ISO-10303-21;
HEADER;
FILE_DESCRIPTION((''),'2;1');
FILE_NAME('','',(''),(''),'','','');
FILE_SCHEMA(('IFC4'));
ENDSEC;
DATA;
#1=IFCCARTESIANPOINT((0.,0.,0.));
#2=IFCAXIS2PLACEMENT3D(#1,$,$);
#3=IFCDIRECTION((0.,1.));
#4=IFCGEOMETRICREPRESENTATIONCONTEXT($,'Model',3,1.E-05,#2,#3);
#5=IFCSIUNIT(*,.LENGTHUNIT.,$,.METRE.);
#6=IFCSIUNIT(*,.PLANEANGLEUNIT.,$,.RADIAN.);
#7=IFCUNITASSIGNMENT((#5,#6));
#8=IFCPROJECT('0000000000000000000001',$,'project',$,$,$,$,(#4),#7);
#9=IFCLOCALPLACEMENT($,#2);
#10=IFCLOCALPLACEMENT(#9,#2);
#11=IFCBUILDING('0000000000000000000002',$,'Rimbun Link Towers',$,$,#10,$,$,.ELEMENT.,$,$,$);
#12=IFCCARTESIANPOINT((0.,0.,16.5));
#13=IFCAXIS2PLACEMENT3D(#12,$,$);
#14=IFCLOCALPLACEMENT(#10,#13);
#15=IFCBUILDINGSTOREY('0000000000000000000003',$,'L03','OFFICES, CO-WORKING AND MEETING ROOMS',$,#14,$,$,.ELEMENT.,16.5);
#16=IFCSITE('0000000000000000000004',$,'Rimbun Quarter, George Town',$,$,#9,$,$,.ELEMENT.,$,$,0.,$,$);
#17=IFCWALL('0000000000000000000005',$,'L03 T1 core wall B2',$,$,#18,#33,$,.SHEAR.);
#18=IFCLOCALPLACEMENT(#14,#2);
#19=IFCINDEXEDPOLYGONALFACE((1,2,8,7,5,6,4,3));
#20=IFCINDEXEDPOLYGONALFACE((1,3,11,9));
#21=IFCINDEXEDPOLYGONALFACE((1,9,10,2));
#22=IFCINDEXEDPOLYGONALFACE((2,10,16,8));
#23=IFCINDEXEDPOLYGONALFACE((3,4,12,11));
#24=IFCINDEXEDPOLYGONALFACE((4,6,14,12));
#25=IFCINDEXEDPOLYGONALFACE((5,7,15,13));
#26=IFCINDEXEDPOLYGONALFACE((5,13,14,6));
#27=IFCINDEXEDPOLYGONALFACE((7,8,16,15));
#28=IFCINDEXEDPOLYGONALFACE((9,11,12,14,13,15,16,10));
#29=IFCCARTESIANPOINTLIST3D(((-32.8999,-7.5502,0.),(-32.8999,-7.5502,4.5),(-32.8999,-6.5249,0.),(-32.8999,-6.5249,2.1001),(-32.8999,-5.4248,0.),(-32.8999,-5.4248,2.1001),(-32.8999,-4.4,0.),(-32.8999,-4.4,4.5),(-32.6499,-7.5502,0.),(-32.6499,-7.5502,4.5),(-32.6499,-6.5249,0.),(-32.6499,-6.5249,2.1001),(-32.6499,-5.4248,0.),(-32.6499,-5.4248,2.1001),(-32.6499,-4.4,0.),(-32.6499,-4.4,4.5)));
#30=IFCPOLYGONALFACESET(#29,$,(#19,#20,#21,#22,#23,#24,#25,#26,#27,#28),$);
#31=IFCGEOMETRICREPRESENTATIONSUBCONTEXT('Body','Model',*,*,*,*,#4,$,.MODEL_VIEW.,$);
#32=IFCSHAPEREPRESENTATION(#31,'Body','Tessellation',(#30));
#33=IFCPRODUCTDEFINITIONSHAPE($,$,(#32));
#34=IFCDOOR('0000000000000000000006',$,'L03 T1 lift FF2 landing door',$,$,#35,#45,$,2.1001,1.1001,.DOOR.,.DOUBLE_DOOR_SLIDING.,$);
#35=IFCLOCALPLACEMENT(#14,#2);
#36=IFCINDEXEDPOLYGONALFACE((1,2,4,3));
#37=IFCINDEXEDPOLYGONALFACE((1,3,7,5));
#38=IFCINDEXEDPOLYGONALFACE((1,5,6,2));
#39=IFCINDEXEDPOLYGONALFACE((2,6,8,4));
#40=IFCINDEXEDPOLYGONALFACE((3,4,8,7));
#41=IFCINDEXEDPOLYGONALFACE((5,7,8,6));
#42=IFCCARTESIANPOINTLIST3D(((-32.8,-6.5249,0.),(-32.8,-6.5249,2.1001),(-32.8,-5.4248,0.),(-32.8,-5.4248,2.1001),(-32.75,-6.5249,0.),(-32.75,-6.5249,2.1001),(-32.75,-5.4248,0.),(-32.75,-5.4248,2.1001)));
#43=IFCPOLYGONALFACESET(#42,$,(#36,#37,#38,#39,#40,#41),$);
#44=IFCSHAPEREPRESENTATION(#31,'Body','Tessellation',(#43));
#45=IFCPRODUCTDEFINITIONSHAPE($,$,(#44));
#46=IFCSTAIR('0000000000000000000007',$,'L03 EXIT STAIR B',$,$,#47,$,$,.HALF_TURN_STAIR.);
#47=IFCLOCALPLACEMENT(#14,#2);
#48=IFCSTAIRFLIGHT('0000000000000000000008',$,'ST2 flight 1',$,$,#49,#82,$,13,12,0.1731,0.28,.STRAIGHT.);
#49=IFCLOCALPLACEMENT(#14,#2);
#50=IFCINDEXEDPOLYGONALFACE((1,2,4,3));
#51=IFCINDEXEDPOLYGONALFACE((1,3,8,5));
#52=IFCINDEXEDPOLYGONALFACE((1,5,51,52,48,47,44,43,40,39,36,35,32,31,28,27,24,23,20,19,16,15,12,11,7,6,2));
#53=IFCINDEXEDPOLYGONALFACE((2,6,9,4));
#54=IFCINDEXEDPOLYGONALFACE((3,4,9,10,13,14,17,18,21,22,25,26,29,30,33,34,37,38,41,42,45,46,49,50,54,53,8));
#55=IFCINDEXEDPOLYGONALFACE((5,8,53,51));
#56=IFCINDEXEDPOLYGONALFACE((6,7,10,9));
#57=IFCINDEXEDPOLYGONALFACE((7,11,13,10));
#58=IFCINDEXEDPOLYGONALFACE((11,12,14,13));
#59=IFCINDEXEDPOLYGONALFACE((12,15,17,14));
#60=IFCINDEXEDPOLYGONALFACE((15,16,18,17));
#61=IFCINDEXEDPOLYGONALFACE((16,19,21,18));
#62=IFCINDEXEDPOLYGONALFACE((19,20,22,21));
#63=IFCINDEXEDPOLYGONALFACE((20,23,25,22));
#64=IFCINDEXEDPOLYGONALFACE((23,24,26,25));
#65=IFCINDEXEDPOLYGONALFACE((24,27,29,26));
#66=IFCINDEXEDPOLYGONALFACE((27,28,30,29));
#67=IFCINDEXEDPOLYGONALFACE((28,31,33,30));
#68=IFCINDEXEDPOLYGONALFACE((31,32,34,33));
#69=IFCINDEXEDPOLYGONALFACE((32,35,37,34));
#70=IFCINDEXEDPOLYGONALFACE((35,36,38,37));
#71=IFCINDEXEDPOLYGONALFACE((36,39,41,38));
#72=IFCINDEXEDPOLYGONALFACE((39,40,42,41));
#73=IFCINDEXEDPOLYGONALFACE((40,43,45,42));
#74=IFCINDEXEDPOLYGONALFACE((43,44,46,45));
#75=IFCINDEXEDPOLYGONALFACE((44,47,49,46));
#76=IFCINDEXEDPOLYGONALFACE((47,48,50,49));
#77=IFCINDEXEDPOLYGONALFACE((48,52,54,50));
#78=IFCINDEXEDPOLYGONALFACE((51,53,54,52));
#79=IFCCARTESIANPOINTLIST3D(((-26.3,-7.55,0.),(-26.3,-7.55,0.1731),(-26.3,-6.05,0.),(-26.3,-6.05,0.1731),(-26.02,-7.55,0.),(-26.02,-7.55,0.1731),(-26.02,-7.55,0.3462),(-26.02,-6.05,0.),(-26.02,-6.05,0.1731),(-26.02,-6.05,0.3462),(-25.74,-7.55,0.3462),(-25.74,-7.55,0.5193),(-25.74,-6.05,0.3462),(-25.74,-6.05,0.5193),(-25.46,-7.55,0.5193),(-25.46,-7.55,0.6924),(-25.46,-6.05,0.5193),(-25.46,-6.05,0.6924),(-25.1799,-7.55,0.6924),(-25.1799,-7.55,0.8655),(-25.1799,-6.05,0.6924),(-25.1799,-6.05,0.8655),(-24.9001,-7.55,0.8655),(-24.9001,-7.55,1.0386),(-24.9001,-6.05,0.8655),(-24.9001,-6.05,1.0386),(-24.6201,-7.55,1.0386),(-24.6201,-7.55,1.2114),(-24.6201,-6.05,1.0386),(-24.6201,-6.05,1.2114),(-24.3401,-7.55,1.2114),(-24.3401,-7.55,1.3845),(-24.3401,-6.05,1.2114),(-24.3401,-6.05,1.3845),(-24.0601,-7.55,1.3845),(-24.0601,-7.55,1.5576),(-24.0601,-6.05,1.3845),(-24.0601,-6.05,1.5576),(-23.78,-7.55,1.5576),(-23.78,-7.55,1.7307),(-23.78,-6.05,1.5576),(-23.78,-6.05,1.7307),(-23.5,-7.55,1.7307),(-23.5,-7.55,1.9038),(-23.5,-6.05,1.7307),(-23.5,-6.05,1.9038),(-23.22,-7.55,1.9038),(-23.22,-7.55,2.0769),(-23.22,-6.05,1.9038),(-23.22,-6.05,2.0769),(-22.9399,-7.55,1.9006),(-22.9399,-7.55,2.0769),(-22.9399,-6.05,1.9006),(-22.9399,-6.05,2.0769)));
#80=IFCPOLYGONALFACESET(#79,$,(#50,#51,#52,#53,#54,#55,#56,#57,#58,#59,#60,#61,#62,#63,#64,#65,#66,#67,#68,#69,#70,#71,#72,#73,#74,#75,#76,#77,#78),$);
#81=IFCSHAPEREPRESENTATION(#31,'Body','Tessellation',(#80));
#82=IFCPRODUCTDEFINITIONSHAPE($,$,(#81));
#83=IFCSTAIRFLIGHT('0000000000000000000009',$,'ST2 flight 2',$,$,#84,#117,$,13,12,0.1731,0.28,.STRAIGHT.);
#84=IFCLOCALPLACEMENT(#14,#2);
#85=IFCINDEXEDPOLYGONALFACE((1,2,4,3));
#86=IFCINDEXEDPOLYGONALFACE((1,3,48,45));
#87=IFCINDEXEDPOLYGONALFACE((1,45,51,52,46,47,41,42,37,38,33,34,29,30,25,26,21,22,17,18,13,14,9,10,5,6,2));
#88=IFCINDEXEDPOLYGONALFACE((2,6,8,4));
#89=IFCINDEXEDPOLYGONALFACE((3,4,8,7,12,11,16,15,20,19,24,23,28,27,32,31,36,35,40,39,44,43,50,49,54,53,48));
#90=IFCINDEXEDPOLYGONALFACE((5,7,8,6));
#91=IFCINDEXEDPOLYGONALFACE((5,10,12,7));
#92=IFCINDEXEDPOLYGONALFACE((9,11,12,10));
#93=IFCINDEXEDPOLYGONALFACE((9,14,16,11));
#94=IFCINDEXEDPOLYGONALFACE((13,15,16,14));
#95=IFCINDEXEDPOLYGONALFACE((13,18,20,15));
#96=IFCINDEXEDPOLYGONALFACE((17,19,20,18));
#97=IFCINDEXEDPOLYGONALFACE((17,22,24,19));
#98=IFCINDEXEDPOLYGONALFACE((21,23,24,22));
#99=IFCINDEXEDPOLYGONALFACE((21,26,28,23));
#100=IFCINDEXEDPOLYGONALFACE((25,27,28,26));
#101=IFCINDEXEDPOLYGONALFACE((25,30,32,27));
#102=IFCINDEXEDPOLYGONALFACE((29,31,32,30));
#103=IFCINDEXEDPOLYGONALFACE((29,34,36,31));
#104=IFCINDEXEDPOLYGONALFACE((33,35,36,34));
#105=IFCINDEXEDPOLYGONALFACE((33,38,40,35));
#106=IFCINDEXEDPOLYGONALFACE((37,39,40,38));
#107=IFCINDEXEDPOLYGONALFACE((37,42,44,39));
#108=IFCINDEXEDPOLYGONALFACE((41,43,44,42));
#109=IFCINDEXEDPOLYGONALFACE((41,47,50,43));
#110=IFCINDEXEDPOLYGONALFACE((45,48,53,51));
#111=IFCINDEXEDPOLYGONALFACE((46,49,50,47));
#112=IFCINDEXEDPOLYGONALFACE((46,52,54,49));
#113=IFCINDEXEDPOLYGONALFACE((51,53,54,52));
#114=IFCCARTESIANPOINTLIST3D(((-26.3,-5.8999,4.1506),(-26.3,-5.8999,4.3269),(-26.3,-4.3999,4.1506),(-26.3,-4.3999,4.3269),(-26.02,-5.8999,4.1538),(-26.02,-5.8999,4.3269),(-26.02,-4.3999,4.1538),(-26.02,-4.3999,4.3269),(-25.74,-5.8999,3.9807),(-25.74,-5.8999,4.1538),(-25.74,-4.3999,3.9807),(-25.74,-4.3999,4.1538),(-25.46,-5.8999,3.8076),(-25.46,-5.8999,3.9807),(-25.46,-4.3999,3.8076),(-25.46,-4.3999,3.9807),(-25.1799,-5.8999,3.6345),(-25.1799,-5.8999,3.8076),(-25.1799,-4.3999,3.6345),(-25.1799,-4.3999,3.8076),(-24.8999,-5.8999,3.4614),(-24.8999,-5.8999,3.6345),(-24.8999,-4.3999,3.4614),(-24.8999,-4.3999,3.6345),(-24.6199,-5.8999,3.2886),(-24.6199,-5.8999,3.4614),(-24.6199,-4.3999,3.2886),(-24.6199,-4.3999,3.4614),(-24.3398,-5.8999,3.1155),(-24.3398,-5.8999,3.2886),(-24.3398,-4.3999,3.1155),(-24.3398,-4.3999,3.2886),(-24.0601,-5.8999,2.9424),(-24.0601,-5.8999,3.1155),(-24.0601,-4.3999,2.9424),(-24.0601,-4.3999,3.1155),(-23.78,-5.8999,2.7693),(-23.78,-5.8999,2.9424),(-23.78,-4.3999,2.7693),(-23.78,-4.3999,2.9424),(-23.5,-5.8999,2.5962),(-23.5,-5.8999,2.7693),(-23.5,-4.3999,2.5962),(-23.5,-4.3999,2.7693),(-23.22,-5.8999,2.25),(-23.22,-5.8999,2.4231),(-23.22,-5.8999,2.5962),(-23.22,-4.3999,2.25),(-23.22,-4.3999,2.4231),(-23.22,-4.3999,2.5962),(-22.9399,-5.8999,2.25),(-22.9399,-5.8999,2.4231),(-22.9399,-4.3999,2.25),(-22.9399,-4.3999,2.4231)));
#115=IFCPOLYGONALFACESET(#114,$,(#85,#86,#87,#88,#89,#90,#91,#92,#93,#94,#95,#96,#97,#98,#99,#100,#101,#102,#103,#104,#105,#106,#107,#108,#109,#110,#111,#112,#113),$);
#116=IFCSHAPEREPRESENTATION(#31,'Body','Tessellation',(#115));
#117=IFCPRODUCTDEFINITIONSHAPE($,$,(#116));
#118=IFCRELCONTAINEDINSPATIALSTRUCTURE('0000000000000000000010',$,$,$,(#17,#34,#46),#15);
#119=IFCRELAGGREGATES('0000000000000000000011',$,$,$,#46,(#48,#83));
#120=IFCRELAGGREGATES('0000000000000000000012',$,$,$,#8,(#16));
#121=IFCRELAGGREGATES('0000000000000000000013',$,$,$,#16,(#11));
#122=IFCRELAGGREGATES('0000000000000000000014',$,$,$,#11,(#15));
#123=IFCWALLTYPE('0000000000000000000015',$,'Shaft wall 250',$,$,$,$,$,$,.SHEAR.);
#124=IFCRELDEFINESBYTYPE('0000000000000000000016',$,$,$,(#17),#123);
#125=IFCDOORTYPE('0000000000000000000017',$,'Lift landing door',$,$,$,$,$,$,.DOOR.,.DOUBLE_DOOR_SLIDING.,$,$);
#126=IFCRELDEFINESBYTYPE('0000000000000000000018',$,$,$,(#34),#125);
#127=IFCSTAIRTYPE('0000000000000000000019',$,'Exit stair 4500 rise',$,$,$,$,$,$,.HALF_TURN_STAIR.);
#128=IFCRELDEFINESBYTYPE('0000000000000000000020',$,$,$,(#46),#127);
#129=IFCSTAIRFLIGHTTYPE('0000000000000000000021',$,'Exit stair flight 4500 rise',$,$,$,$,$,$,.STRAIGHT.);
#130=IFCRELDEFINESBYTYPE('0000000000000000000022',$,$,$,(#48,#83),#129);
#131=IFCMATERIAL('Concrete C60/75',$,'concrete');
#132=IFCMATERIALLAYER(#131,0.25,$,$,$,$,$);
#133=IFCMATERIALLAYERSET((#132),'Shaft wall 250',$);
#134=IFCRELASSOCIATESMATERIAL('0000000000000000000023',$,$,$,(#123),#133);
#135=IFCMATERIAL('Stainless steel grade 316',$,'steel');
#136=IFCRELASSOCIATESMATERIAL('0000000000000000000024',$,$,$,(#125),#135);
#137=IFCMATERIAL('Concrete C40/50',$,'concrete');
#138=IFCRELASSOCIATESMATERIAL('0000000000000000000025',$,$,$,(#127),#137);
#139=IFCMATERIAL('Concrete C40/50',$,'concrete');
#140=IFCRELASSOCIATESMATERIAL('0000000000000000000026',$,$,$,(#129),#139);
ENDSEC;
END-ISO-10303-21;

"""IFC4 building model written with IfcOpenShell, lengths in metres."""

from ifc_helpers import new_model, si_unit, direction, frame, frame_2d, origin, place, context, subcontext, project, spatial, polyline, rectangle, outline, extrude, material, layer, layer_set, type_object, element, fill, aggregate, save


model = new_model("IFC4")

# Units and contexts
model_context = context("Model", 3, precision=1e-05, world=origin(), true_north=direction((0.0, 1.0)))
body_context = subcontext(model_context, "Body", "Model", "MODEL_VIEW")
ifc_project = project(units=[si_unit("LENGTHUNIT", "METRE"), si_unit("PLANEANGLEUNIT", "RADIAN")], contexts=[model_context])

# Site, building, storey
site_placement = place(None, origin())
site = spatial("IfcSite", under=ifc_project, at=site_placement, Name="Rimbun Quarter, George Town", CompositionType="ELEMENT", RefElevation=0.0)
building_placement = place(site_placement, origin())
building = spatial("IfcBuilding", under=site, at=building_placement, Name="Rimbun Link Towers", CompositionType="ELEMENT")
storey_placement = place(building_placement, frame((0.0, 0.0, 16.5)))
storey = spatial("IfcBuildingStorey", under=building, at=storey_placement, Name="L03", Description="OFFICES, CO-WORKING AND MEETING ROOMS", CompositionType="ELEMENT", Elevation=16.5)

# Shared definitions
ifc_material_1 = material(Name="Concrete C60/75", Category="concrete")
ifc_layer_1 = layer(ifc_material_1, 0.25)
ifc_layer_set_1 = layer_set([ifc_layer_1], Name="Shaft wall 250")
wall_type_1 = type_object("IfcWallType", Name="Shaft wall 250", PredefinedType="SHEAR", material=ifc_layer_set_1)

# Wall, opening, door
wall_1_placement = place(storey_placement, frame((-32.7749, -4.3999, 0.0), z_axis=(0.0, 0.0, 1.0), x_axis=(0.0, -1.0, 0.0)))
wall_1 = element("IfcWall", 1, at=wall_1_placement, inside=storey, type_object=wall_type_1, Name="L03 T1 core wall B2", PredefinedType="SHEAR", context=body_context, shape_type="SweptSolid", body=[
    extrude(rectangle(XDim=3.1501, YDim=0.25, at=frame_2d((1.5752, 0.0))), origin(), (0.0, 0.0, 1.0), 4.5),
])
opening_1_placement = place(wall_1_placement, frame((1.0249, 0.0, 0.0)))
opening_1 = element("IfcOpeningElement", 2, at=opening_1_placement, cuts=wall_1, PredefinedType="OPENING", context=body_context, shape_type="SweptSolid", body=[
    extrude(rectangle(XDim=1.1001, YDim=2.1001, at=frame_2d((0.55, 1.05))), frame((0.0, 0.135, 0.0), z_axis=(0.0, -1.0, 0.0), x_axis=(1.0, 0.0, 0.0)), (0.0, 0.0, 1.0), 0.27),
])
ifc_material_2 = material(Name="Stainless steel grade 316", Category="steel")
door_type_1 = type_object("IfcDoorType", Name="Lift landing door", OperationType="DOUBLE_DOOR_SLIDING", PredefinedType="DOOR", material=ifc_material_2)
door_1_placement = place(opening_1_placement, origin())
door_1 = element("IfcDoor", 3, at=door_1_placement, inside=storey, type_object=door_type_1, Name="L03 T1 lift FF2 landing door", OperationType="DOUBLE_DOOR_SLIDING", OverallHeight=2.1001, OverallWidth=1.1001, PredefinedType="DOOR", context=body_context, shape_type="SweptSolid", body=[
    extrude(rectangle(XDim=1.1001, YDim=2.1001, at=frame_2d((0.55, 1.05))), frame((0.0, 0.0249, 0.0), z_axis=(0.0, -1.0, 0.0), x_axis=(1.0, 0.0, 0.0)), (0.0, 0.0, 1.0), 0.05),
])
fill(opening_1, door_1)

# Stair, stair flights
ifc_material_3 = material(Name="Concrete C40/50", Category="concrete")
stair_type = type_object("IfcStairType", Name="Exit stair 4500 rise", PredefinedType="HALF_TURN_STAIR", material=ifc_material_3)
stair_placement = place(storey_placement, origin())
stair = element("IfcStair", 4, at=stair_placement, inside=storey, type_object=stair_type, Name="L03 EXIT STAIR B", PredefinedType="HALF_TURN_STAIR")
ifc_material_4 = material(Name="Concrete C40/50", Category="concrete")
stair_flight_type = type_object("IfcStairFlightType", Name="Exit stair flight 4500 rise", PredefinedType="STRAIGHT", material=ifc_material_4)
stair_flight_1_placement = place(storey_placement, frame((-26.3, -6.8, 0.0), z_axis=(0.0, 0.0, 1.0), x_axis=(1.0, 0.0, 0.0)))
stair_flight_1 = element("IfcStairFlight", 5, at=stair_flight_1_placement, type_object=stair_flight_type, Name="ST2 flight 1", NumberOfRisers=13, NumberOfTreads=12, PredefinedType="STRAIGHT", RiserHeight=0.1731, TreadLength=0.28, context=body_context, shape_type="SweptSolid", body=[
    extrude(outline(polyline([(0.0, 0.0), (0.0, 0.1731), (0.28, 0.1731), (0.28, 0.3462), (0.5601, 0.3462), (0.5601, 0.5193), (0.8401, 0.5193), (0.8401, 0.6924), (1.1201, 0.6924), (1.1201, 0.8655), (1.3999, 0.8655), (1.3999, 1.0386), (1.6799, 1.0386), (1.6799, 1.2114), (1.96, 1.2114), (1.96, 1.3845), (2.24, 1.3845), (2.24, 1.5576), (2.52, 1.5576), (2.52, 1.7307), (2.8, 1.7307), (2.8, 1.9038), (3.0801, 1.9038), (3.0801, 2.0769), (3.3601, 2.0769), (3.3601, 2.25), (3.3601, 1.9006), (0.28, 0.0), (0.0, 0.0)])), frame((0.0, 0.75, 0.0), z_axis=(0.0, -1.0, 0.0), x_axis=(1.0, 0.0, 0.0)), (0.0, 0.0, 1.0), 1.5),
])
stair_flight_2_placement = place(storey_placement, frame((-22.9399, -5.1499, 2.25), z_axis=(0.0, 0.0, 1.0), x_axis=(-1.0, 0.0, 0.0)))
stair_flight_2 = element("IfcStairFlight", 6, at=stair_flight_2_placement, type_object=stair_flight_type, Name="ST2 flight 2", NumberOfRisers=13, NumberOfTreads=12, PredefinedType="STRAIGHT", RiserHeight=0.1731, TreadLength=0.28, context=body_context, shape_type="SweptSolid", body=[
    extrude(outline(polyline([(0.0, 0.0), (0.0, 0.1731), (0.28, 0.1731), (0.28, 0.3462), (0.5601, 0.3462), (0.5601, 0.5193), (0.8401, 0.5193), (0.8401, 0.6924), (1.1201, 0.6924), (1.1201, 0.8655), (1.3999, 0.8655), (1.3999, 1.0386), (1.6799, 1.0386), (1.6799, 1.2114), (1.96, 1.2114), (1.96, 1.3845), (2.24, 1.3845), (2.24, 1.5576), (2.52, 1.5576), (2.52, 1.7307), (2.8, 1.7307), (2.8, 1.9038), (3.0801, 1.9038), (3.0801, 2.0769), (3.3601, 2.0769), (3.3601, 2.25), (3.3601, 1.9006), (0.28, 0.0), (0.0, 0.0)])), frame((0.0, 0.75, 0.0), z_axis=(0.0, -1.0, 0.0), x_axis=(1.0, 0.0, 0.0)), (0.0, 0.0, 1.0), 1.5),
])
aggregate(stair, [stair_flight_1, stair_flight_2])

save(model, "model.ifc")
